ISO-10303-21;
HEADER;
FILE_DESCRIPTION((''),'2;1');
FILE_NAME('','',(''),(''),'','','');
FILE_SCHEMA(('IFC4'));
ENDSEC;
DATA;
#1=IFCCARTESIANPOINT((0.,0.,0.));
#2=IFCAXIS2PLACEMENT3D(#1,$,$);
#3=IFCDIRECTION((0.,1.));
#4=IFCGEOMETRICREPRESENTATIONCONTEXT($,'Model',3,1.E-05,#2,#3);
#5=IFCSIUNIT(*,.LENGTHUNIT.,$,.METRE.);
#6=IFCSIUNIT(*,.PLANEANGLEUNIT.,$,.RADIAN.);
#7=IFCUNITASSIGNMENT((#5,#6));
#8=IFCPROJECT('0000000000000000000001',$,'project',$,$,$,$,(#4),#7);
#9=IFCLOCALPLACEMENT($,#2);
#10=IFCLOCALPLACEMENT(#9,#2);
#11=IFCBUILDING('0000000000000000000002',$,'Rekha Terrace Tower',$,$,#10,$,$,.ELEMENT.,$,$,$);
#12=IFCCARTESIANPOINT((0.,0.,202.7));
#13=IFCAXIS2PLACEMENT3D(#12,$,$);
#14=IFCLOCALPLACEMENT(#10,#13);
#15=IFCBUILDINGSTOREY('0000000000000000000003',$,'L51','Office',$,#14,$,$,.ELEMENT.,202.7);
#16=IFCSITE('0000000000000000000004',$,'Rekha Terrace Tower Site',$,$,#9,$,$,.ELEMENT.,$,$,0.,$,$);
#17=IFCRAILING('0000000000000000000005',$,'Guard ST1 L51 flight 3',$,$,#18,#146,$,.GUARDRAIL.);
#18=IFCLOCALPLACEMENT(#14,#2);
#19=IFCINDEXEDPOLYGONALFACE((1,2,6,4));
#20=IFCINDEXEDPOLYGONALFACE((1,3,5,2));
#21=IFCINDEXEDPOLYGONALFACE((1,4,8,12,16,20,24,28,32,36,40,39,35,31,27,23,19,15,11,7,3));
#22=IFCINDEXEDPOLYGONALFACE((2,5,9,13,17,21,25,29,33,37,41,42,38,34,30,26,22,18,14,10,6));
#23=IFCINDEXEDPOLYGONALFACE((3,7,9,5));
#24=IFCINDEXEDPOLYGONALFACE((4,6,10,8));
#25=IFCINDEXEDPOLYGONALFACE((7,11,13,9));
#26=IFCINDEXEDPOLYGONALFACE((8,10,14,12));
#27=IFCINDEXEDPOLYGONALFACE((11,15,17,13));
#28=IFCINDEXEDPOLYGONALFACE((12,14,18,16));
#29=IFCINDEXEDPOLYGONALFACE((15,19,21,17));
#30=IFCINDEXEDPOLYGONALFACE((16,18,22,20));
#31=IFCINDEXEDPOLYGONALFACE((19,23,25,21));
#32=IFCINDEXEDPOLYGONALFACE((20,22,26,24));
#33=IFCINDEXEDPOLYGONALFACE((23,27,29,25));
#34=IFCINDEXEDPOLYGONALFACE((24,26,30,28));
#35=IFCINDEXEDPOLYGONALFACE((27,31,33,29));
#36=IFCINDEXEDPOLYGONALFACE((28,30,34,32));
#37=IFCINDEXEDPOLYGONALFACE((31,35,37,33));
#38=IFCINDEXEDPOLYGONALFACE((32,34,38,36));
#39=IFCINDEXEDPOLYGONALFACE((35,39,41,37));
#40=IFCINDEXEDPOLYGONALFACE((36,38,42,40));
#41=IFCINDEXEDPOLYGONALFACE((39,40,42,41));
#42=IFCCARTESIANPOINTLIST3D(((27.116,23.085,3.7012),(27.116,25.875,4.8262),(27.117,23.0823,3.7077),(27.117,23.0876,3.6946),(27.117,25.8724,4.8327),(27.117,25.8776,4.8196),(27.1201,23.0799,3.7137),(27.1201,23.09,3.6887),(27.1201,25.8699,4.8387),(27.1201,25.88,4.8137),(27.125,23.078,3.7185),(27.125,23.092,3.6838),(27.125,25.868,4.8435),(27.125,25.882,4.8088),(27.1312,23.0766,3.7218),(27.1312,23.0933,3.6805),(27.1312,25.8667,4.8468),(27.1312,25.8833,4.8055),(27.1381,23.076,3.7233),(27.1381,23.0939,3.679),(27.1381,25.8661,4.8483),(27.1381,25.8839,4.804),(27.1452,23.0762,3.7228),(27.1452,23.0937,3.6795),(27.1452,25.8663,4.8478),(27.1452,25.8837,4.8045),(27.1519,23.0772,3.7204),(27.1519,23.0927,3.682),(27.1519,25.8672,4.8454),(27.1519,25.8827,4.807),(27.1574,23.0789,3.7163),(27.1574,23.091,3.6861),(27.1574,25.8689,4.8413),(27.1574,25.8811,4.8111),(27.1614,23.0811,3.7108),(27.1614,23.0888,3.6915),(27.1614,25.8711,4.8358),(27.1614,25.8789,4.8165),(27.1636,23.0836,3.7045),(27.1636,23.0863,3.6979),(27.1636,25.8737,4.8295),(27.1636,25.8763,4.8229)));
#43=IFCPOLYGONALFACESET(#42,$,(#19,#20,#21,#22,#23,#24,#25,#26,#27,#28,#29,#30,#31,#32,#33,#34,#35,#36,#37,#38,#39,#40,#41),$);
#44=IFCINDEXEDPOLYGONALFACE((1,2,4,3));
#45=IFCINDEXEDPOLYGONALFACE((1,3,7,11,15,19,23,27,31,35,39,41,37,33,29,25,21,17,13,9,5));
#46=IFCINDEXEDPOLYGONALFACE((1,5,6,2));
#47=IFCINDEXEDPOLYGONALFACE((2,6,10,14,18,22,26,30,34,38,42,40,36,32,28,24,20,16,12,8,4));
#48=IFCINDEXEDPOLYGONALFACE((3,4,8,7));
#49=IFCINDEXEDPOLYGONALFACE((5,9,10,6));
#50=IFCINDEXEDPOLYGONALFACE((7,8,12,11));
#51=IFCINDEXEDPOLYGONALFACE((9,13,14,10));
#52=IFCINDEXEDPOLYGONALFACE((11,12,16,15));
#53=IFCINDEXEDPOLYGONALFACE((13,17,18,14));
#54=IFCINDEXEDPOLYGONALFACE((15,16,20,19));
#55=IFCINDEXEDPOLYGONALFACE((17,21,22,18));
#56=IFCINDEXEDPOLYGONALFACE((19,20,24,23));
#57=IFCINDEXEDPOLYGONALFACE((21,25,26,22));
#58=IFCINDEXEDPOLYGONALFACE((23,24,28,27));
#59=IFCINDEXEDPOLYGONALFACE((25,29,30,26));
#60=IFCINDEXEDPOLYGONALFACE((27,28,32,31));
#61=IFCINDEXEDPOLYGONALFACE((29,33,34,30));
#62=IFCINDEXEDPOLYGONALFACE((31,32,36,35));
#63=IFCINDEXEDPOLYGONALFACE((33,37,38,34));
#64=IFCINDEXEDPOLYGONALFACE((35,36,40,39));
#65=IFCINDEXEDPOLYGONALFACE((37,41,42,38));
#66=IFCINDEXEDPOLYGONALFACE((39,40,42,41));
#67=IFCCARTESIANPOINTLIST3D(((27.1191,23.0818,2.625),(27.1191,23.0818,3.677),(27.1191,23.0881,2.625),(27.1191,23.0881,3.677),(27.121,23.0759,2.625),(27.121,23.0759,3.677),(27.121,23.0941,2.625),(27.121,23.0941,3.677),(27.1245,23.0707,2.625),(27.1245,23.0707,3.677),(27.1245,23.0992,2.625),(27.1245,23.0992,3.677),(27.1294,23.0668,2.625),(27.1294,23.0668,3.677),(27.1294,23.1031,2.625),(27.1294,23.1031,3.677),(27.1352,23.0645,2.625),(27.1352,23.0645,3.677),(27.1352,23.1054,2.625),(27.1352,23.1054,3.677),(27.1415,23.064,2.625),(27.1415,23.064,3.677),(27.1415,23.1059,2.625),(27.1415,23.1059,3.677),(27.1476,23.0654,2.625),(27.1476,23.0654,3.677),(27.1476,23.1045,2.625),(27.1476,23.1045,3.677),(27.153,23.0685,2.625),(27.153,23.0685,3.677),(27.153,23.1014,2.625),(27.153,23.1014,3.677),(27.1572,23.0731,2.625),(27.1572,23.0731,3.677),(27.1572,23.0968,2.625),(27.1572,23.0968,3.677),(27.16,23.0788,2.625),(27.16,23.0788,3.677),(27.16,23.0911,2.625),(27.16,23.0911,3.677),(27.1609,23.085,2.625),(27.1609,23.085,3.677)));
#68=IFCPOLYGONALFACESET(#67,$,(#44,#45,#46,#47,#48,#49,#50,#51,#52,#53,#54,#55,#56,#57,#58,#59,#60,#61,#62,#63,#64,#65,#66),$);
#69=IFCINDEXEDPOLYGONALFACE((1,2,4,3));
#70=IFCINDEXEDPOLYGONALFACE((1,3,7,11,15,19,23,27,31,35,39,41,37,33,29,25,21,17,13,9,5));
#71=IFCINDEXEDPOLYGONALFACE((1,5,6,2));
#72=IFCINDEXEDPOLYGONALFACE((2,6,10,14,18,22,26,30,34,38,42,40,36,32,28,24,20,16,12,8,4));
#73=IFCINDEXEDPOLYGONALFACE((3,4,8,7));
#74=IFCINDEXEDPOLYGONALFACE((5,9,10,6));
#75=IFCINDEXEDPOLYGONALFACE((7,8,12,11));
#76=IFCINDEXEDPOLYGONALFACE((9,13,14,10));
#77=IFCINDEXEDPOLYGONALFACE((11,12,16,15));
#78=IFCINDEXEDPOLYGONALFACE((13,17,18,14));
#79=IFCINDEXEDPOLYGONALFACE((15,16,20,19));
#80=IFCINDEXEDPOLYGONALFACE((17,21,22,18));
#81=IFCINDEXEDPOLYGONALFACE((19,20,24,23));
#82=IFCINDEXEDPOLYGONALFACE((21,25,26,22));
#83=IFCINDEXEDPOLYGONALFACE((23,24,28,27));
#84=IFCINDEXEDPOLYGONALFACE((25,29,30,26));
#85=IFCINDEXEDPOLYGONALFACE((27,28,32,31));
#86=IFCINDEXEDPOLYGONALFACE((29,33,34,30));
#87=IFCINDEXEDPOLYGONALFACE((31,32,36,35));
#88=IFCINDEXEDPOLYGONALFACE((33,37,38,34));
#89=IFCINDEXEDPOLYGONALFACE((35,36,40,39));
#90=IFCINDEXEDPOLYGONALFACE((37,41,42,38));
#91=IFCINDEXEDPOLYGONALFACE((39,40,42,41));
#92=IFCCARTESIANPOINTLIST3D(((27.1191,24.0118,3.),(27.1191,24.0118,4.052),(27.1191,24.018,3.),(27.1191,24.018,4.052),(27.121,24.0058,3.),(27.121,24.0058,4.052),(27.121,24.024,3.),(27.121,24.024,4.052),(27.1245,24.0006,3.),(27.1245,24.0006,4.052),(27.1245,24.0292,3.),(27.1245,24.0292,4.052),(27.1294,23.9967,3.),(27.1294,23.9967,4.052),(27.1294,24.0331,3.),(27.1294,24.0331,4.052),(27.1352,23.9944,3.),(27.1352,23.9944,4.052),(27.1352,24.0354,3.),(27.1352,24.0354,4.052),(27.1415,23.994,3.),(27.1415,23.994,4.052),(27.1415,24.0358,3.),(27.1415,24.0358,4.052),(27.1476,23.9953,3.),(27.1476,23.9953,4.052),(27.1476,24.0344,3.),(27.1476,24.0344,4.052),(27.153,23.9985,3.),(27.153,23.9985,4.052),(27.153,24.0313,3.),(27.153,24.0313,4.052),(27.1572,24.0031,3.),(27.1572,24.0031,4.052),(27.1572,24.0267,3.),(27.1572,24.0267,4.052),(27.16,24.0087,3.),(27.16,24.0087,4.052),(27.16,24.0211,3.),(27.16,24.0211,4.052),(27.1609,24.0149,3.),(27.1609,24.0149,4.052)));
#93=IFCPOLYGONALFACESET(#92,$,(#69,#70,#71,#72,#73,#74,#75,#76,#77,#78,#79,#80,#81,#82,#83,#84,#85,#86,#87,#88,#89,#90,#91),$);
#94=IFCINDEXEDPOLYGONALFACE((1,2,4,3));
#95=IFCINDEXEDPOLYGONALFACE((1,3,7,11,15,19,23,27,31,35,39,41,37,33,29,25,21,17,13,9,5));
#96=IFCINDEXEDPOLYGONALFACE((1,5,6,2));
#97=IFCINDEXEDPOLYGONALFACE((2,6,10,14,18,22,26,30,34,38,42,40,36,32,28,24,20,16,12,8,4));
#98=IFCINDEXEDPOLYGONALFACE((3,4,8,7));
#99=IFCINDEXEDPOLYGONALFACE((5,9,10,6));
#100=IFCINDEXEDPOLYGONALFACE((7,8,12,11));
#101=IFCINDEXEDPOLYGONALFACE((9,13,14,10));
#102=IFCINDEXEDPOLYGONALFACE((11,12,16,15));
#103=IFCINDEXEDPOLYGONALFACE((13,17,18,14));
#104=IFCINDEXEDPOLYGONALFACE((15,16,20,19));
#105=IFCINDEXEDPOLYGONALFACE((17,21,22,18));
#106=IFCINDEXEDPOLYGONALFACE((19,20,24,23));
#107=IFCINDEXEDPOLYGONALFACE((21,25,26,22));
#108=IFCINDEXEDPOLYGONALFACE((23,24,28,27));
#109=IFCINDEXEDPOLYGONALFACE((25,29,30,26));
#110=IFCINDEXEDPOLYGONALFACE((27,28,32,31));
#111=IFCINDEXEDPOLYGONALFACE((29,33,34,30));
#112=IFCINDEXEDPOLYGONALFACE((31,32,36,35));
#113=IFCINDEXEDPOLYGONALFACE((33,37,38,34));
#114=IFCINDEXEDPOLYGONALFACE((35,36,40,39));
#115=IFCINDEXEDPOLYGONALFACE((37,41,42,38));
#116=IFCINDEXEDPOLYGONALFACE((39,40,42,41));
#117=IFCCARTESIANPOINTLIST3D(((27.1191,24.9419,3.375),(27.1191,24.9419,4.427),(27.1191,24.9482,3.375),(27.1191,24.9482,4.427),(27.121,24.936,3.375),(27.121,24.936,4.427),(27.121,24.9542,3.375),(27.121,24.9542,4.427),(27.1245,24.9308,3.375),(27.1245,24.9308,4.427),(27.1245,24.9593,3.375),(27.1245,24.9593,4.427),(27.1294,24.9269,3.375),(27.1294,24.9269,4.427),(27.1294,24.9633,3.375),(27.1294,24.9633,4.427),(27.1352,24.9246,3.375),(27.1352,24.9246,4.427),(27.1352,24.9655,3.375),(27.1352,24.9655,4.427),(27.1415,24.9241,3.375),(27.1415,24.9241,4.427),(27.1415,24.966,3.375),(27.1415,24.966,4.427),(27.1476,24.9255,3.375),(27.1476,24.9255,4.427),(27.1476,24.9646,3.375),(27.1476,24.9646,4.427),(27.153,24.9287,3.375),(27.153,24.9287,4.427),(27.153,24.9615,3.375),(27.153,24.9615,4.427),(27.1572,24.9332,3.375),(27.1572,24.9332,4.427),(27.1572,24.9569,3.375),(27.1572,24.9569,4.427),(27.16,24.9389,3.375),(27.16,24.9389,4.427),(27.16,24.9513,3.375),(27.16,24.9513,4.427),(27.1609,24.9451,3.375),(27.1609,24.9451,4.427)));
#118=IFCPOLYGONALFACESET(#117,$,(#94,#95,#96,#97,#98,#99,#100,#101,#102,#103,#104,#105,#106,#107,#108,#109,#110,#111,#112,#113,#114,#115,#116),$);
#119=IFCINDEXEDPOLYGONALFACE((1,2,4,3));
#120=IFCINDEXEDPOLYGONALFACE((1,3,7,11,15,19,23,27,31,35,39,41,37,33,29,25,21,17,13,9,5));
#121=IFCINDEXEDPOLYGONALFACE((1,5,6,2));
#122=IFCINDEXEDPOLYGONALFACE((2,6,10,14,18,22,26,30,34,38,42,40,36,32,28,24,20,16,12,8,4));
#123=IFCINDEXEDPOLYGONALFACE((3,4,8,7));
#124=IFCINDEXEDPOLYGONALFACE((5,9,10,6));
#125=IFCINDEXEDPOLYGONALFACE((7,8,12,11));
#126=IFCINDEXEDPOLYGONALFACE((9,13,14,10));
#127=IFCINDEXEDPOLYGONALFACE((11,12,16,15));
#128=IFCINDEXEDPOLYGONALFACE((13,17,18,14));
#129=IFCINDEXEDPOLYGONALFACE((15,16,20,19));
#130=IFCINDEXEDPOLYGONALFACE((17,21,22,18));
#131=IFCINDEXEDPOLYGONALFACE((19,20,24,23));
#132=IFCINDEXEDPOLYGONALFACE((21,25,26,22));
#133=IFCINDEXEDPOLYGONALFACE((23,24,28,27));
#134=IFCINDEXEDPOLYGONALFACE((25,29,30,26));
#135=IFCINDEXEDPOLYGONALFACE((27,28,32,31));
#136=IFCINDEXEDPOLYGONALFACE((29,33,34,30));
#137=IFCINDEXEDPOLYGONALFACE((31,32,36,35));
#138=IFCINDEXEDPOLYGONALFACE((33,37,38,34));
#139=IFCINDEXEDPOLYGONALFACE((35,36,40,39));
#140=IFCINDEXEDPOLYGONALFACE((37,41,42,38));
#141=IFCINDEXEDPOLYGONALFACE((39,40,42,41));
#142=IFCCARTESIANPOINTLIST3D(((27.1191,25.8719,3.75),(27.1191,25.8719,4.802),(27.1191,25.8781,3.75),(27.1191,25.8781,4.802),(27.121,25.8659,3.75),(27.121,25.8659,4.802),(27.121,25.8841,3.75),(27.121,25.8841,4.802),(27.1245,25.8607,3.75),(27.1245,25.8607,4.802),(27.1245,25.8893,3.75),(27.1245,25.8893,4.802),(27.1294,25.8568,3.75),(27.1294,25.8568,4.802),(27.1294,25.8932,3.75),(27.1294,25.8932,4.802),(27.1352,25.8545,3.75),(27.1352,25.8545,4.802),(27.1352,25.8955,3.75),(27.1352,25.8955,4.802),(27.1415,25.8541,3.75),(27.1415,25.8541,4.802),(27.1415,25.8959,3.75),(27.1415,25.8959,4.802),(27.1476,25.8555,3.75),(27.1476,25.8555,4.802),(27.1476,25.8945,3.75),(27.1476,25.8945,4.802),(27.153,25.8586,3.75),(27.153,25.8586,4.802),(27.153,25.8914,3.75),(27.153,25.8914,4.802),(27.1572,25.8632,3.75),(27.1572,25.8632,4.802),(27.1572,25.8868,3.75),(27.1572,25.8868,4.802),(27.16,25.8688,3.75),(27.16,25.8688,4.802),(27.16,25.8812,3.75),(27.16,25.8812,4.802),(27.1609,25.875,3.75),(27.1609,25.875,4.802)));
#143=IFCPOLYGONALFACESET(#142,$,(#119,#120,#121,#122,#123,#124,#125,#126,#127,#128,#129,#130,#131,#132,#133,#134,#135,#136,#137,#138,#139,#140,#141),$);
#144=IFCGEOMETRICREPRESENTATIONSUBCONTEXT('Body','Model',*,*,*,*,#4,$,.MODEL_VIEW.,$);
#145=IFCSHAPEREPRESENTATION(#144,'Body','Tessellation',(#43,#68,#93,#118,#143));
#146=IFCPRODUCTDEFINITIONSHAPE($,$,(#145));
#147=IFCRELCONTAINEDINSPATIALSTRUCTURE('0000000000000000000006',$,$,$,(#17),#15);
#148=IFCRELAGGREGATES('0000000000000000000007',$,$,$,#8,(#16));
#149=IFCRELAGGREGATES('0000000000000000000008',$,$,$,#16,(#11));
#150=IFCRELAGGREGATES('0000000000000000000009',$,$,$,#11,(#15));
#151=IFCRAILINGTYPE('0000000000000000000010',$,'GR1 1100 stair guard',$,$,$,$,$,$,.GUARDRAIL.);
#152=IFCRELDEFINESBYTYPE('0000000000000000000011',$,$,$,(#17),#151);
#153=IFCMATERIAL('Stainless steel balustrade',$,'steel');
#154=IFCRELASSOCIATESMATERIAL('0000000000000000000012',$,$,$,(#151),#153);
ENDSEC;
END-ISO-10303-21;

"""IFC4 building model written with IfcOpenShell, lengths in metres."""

from ifc_helpers import new_model, si_unit, direction, frame, origin, origin_2d, place, context, subcontext, project, spatial, circle, extrude, material, type_object, element, save


model = new_model("IFC4")

# Units and contexts
model_context = context("Model", 3, precision=1e-05, world=origin(), true_north=direction((0.0, 1.0)))
body_context = subcontext(model_context, "Body", "Model", "MODEL_VIEW")
ifc_project = project(units=[si_unit("LENGTHUNIT", "METRE"), si_unit("PLANEANGLEUNIT", "RADIAN")], contexts=[model_context])

# Site, building, storey
site_placement = place(None, origin())
site = spatial("IfcSite", under=ifc_project, at=site_placement, Name="Rekha Terrace Tower Site", CompositionType="ELEMENT", RefElevation=0.0)
building_placement = place(site_placement, origin())
building = spatial("IfcBuilding", under=site, at=building_placement, Name="Rekha Terrace Tower", CompositionType="ELEMENT")
storey_placement = place(building_placement, frame((0.0, 0.0, 202.7)))
storey = spatial("IfcBuildingStorey", under=building, at=storey_placement, Name="L51", Description="Office", CompositionType="ELEMENT", Elevation=202.7)

# Railing
ifc_material_1 = material(Name="Stainless steel balustrade", Category="steel")
railing_type_1 = type_object("IfcRailingType", Name="GR1 1100 stair guard", PredefinedType="GUARDRAIL", material=ifc_material_1)
railing_1_placement = place(storey_placement, frame((27.1399, 23.085, 2.625)))
element("IfcRailing", 1, at=railing_1_placement, inside=storey, type_object=railing_type_1, Name="Guard ST1 L51 flight 3", PredefinedType="GUARDRAIL", context=body_context, shape_type="SweptSolid", body=[
    extrude(circle(Radius=0.0239, at=origin_2d()), frame((0.0, 0.0, 1.0762), z_axis=(0.0, 0.927443, 0.373964), x_axis=(-1.0, 0.0, 0.0)), (0.0, 0.0, 1.0), 3.0083),
    extrude(circle(Radius=0.021, at=origin_2d()), origin(), (0.0, 0.0, 1.0), 1.052),
    extrude(circle(Radius=0.021, at=origin_2d()), frame((0.0, 0.9299, 0.375)), (0.0, 0.0, 1.0), 1.052),
    extrude(circle(Radius=0.021, at=origin_2d()), frame((0.0, 1.8601, 0.75)), (0.0, 0.0, 1.0), 1.052),
    extrude(circle(Radius=0.021, at=origin_2d()), frame((0.0, 2.79, 1.125)), (0.0, 0.0, 1.0), 1.052),
])

save(model, "model.ifc")
